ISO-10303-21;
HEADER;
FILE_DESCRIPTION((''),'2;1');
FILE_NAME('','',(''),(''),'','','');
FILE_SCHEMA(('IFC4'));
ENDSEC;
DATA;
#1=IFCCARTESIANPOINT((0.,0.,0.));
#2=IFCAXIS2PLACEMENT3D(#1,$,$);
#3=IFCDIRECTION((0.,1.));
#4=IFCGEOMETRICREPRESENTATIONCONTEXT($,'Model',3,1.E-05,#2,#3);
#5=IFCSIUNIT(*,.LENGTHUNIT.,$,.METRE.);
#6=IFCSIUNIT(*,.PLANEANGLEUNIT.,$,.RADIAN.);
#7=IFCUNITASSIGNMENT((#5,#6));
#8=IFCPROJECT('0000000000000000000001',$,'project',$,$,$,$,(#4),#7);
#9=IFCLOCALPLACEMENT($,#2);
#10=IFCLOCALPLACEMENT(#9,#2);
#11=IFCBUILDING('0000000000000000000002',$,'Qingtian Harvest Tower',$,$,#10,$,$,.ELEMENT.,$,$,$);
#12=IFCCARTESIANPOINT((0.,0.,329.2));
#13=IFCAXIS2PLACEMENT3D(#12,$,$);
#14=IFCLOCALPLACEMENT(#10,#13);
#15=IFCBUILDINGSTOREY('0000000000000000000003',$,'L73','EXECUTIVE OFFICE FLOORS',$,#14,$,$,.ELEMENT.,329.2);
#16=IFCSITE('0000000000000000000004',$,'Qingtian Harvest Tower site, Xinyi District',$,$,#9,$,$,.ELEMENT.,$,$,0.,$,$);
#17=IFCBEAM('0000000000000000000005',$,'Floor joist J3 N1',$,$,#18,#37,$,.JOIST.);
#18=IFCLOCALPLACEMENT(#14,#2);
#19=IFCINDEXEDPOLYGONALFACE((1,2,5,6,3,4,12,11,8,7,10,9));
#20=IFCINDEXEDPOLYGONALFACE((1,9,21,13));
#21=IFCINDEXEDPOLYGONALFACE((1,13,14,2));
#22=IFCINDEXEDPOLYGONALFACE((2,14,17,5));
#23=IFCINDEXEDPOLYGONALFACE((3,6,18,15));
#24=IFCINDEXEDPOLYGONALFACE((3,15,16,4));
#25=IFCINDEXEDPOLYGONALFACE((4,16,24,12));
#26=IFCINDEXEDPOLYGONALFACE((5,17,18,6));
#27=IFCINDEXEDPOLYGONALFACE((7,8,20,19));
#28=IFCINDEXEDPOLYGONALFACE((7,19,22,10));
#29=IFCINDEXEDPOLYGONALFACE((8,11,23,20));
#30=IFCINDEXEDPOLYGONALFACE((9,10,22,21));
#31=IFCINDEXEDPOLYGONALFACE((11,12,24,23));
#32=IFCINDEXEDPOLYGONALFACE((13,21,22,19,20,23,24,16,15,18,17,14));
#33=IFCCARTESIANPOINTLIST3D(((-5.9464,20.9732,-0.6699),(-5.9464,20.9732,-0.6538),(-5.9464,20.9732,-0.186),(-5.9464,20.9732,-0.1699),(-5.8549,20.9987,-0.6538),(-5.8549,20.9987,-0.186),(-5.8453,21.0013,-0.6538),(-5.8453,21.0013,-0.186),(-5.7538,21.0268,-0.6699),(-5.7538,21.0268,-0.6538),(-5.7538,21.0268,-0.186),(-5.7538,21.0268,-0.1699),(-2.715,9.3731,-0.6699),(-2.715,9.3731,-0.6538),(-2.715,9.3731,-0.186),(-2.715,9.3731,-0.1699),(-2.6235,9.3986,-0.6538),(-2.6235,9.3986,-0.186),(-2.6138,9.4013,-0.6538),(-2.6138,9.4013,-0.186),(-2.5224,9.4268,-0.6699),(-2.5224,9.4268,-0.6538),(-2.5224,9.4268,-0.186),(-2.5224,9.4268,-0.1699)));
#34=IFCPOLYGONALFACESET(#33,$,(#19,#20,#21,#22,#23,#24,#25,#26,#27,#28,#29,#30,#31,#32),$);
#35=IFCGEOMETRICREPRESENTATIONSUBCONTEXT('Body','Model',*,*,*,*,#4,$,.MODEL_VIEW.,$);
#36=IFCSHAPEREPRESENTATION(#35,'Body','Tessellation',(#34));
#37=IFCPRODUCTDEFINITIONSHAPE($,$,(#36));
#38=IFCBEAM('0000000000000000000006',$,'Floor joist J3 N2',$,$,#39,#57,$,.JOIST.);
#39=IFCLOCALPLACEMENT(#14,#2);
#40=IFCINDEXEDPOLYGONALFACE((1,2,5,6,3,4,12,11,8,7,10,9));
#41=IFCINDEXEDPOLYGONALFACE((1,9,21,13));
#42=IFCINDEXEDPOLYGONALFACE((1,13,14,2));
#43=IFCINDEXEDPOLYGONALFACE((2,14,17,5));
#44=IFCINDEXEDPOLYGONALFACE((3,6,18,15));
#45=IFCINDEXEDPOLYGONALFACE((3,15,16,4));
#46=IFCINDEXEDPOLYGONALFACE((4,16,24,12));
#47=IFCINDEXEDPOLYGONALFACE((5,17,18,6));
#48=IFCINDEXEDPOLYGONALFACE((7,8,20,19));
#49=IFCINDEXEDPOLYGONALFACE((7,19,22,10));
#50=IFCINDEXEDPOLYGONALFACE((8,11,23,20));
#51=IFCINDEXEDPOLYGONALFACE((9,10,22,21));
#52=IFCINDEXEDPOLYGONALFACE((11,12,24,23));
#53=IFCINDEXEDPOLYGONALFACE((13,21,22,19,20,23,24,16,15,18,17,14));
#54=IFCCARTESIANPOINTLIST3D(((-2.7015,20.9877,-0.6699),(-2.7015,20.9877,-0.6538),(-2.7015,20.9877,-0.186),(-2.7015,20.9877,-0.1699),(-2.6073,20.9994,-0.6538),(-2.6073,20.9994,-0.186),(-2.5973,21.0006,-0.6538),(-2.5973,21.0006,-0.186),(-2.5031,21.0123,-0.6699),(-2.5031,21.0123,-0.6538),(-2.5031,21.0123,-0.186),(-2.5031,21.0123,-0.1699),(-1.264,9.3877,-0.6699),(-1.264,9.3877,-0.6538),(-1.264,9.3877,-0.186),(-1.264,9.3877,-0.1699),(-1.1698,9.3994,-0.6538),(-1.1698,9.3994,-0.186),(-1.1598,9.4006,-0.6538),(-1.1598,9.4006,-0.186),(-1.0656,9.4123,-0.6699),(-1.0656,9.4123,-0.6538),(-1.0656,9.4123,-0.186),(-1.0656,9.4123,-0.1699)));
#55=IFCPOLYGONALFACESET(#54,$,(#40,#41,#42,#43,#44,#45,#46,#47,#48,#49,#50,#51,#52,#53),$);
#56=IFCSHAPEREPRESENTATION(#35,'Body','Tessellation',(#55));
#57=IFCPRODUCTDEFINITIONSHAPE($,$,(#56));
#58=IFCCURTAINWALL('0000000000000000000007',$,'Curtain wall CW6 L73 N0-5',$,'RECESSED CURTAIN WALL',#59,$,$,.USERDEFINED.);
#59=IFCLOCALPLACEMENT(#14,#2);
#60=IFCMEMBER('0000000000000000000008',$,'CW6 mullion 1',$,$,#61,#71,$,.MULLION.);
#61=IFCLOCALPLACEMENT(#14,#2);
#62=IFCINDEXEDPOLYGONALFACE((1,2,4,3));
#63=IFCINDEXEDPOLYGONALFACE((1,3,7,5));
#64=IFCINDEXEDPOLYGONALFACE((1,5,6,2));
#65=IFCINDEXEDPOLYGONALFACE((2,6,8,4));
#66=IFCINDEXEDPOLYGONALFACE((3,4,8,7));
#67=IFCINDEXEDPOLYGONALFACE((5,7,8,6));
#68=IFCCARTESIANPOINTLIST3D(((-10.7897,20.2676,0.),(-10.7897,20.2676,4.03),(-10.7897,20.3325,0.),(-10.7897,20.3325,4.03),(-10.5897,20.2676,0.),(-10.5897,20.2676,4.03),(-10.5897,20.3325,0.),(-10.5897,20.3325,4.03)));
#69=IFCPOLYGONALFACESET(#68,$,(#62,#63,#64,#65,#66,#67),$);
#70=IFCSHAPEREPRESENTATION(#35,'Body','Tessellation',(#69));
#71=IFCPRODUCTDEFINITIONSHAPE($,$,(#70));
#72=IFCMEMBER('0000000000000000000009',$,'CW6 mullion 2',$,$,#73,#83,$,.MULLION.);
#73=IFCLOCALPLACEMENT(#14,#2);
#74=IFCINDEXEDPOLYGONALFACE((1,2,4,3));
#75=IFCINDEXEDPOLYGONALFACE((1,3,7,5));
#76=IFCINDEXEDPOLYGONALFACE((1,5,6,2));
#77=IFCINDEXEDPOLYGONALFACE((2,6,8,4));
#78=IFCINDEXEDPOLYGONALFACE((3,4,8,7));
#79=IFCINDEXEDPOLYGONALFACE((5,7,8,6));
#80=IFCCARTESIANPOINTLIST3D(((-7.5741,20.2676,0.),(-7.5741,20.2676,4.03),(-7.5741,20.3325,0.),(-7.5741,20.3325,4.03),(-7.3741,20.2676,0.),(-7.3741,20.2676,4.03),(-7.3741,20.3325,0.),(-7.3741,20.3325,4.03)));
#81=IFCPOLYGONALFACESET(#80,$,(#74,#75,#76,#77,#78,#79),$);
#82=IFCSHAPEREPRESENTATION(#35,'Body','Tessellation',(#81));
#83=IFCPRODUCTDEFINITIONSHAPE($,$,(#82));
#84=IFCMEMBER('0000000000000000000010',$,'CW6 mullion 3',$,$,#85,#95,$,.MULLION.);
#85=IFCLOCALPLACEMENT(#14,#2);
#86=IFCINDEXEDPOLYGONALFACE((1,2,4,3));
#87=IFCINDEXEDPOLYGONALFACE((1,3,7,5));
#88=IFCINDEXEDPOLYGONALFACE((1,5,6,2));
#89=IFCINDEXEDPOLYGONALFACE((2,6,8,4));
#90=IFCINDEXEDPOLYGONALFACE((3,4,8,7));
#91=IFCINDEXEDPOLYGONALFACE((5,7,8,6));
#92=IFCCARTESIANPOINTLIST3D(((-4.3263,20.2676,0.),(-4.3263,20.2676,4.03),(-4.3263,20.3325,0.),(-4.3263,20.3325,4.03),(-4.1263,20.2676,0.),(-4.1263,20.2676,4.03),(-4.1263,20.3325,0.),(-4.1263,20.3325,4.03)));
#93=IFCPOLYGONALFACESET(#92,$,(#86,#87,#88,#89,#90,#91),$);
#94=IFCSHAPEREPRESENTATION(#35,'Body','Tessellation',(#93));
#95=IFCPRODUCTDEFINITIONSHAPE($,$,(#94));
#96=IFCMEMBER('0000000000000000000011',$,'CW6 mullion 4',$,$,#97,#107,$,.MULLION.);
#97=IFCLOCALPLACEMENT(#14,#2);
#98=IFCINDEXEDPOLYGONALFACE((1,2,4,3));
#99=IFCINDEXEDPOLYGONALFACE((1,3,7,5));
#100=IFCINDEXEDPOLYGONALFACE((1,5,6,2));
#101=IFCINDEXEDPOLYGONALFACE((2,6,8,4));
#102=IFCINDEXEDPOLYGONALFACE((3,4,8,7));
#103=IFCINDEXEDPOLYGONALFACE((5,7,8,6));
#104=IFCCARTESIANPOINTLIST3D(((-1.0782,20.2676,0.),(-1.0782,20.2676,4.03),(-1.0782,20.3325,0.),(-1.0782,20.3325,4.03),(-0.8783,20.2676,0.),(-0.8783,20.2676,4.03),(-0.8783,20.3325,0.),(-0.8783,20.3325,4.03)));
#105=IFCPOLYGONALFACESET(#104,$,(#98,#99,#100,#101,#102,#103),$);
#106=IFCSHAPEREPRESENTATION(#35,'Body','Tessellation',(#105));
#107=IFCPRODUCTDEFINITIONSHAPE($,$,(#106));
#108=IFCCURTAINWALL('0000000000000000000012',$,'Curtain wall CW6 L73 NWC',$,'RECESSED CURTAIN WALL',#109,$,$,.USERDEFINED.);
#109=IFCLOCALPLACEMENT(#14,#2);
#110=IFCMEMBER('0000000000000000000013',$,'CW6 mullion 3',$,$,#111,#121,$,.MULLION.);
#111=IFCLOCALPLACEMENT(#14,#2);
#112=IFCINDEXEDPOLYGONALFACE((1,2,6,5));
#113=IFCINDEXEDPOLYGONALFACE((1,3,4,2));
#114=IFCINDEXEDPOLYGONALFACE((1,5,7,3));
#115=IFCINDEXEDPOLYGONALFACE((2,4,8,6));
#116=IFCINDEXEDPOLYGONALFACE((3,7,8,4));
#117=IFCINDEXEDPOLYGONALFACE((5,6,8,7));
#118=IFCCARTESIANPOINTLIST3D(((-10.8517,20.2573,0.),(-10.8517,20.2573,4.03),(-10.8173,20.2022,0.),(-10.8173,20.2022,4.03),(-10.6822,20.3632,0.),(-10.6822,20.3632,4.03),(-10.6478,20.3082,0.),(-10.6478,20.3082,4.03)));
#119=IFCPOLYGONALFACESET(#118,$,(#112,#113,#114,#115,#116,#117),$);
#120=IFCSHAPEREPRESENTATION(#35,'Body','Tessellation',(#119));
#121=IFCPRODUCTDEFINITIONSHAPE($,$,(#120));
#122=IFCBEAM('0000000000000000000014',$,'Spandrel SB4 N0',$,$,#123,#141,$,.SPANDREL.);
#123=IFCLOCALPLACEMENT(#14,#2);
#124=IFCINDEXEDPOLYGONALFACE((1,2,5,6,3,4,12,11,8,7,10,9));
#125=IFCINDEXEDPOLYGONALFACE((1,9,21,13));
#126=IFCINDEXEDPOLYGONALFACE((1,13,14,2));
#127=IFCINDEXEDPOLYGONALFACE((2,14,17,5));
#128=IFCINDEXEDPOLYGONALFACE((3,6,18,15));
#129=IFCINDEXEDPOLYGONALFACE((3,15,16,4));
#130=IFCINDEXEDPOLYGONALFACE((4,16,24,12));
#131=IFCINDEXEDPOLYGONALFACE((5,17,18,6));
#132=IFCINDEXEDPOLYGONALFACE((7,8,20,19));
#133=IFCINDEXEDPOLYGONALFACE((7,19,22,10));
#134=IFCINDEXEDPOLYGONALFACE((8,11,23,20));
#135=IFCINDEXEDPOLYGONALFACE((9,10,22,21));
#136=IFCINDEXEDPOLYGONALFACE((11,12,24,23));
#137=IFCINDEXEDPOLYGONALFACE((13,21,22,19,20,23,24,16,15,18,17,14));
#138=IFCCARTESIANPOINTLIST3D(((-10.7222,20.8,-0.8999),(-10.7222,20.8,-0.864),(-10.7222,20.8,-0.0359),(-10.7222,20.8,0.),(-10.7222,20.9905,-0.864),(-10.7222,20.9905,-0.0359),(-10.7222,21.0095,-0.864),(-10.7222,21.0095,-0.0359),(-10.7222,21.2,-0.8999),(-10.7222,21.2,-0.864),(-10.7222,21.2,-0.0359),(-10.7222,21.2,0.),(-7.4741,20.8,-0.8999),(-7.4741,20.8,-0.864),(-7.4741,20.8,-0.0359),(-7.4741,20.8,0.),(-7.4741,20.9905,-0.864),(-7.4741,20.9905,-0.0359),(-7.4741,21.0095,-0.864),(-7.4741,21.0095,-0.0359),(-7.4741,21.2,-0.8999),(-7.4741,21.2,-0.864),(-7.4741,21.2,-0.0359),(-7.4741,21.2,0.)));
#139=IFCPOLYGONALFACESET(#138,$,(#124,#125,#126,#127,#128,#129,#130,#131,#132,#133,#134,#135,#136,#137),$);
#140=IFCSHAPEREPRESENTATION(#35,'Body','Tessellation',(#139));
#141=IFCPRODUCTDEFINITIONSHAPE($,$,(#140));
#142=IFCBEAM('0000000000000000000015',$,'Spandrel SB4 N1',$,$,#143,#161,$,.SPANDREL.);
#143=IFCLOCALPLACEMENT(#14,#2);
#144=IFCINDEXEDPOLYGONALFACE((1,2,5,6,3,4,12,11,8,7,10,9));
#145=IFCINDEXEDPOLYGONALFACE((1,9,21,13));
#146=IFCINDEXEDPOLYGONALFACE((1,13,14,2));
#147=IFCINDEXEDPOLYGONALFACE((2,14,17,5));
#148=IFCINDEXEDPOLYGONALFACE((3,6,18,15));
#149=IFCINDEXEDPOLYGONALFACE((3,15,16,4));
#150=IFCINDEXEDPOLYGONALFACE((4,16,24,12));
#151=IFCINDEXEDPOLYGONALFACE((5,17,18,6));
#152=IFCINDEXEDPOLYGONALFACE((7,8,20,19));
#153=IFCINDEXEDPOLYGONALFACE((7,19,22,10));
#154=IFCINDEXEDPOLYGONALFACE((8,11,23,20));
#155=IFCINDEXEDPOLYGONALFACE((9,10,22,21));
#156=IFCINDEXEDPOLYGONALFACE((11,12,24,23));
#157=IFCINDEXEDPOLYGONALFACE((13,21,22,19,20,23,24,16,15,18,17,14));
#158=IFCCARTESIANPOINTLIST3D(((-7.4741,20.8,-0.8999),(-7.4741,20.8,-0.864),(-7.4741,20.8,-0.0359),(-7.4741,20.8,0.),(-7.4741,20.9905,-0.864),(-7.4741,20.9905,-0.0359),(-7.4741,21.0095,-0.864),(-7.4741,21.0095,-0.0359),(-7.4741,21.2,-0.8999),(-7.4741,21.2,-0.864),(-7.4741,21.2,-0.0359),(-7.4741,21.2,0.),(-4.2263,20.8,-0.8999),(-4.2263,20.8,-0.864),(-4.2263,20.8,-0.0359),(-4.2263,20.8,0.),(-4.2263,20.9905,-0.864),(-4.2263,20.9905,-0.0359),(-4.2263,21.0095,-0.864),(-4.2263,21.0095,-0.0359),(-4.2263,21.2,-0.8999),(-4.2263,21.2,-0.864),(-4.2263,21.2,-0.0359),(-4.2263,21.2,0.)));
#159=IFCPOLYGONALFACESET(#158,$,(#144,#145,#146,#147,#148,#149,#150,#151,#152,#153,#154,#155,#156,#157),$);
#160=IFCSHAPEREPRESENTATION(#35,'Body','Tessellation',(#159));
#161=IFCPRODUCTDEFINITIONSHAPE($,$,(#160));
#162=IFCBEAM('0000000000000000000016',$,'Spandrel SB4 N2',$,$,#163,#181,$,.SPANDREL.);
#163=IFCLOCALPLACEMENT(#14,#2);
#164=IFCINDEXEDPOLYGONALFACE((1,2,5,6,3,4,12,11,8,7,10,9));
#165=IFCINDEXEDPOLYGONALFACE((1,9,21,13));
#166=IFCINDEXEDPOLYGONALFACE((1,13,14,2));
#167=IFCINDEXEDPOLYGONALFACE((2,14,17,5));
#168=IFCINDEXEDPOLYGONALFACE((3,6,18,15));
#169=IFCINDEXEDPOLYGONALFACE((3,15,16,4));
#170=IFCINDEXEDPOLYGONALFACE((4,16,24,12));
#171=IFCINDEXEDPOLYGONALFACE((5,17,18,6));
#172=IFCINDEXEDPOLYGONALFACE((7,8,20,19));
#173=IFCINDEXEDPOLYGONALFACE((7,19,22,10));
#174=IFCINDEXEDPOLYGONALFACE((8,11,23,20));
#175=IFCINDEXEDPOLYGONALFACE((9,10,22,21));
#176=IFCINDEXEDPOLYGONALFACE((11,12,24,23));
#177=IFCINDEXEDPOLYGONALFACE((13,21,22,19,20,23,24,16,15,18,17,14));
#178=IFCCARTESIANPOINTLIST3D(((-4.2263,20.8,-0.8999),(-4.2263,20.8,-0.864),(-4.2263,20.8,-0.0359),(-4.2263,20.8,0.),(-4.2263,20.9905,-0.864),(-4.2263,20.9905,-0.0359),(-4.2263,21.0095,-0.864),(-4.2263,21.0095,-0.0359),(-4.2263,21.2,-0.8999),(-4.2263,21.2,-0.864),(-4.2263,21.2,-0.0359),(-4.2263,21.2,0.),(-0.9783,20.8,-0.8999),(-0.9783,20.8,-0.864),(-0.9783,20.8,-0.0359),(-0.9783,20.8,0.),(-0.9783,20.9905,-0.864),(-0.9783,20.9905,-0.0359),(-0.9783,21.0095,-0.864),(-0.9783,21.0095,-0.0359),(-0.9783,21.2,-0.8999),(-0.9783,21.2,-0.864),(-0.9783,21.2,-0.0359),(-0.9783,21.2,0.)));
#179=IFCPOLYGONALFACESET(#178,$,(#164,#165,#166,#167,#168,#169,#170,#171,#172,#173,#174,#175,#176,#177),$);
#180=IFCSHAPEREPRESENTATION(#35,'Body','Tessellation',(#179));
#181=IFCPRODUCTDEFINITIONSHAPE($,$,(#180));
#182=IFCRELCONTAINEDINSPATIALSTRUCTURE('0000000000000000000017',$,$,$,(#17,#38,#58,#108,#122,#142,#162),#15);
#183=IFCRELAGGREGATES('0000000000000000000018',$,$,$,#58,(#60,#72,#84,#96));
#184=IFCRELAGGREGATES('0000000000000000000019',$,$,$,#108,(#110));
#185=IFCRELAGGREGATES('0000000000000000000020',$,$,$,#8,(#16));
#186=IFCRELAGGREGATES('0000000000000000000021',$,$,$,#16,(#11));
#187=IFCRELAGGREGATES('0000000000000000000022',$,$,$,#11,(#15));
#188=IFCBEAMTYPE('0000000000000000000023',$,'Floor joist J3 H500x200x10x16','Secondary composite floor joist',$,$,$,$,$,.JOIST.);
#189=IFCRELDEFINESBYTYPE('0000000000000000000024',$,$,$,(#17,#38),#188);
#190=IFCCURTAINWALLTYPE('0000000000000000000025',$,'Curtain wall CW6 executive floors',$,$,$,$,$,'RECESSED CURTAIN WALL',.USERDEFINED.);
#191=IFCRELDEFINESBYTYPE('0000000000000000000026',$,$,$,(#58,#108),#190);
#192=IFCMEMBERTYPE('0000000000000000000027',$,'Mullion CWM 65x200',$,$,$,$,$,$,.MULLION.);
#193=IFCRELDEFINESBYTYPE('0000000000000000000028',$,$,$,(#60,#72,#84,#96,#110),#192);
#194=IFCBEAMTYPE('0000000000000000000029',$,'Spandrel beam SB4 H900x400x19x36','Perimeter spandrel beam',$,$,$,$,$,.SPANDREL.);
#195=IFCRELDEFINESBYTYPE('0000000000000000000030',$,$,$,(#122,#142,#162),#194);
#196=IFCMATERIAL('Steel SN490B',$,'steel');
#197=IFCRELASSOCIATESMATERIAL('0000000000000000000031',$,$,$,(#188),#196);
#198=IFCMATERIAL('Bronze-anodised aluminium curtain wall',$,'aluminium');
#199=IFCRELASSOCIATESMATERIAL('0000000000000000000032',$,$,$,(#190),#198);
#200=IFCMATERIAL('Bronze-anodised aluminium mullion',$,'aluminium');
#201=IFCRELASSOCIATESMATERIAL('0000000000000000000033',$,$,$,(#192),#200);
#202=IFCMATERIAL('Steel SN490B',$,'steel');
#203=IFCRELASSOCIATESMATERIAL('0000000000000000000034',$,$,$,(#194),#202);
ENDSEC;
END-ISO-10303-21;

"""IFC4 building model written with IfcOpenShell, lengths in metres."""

from ifc_helpers import new_model, si_unit, direction, frame, origin, origin_2d, place, context, subcontext, project, spatial, rectangle, i_section, extrude, material, material_profile, profile_set, type_object, element, aggregate, save


model = new_model("IFC4")

# Units and contexts
model_context = context("Model", 3, precision=1e-05, world=origin(), true_north=direction((0.0, 1.0)))
body_context = subcontext(model_context, "Body", "Model", "MODEL_VIEW")
ifc_project = project(units=[si_unit("LENGTHUNIT", "METRE"), si_unit("PLANEANGLEUNIT", "RADIAN")], contexts=[model_context])

# Site, building, storey
site_placement = place(None, origin())
site = spatial("IfcSite", under=ifc_project, at=site_placement, Name="Qingtian Harvest Tower site, Xinyi District", CompositionType="ELEMENT", RefElevation=0.0)
building_placement = place(site_placement, origin())
building = spatial("IfcBuilding", under=site, at=building_placement, Name="Qingtian Harvest Tower", CompositionType="ELEMENT")
storey_placement = place(building_placement, frame((0.0, 0.0, 329.2)))
storey = spatial("IfcBuildingStorey", under=building, at=storey_placement, Name="L73", Description="EXECUTIVE OFFICE FLOORS", CompositionType="ELEMENT", Elevation=329.2)

# Beams
ifc_material_1 = material(Name="Steel SN490B", Category="steel")
ifc_material_profile_1 = material_profile(ifc_material_1, i_section(OverallWidth=0.2, OverallDepth=0.5, WebThickness=0.01, FlangeThickness=0.0161, at=origin_2d()), Name="H500x200x10x16")
ifc_profile_set_1 = profile_set([ifc_material_profile_1], Name="Steel SN490B")
beam_type_1 = type_object("IfcBeamType", Name="Floor joist J3 H500x200x10x16", Description="Secondary composite floor joist", PredefinedType="JOIST", material=ifc_profile_set_1)
beam_1_placement = place(storey_placement, frame((-5.8501, 21.0, -0.4199), z_axis=(0.268353, -0.963321, 0.0), x_axis=(0.963321, 0.268353, 0.0)))
element("IfcBeam", 1, at=beam_1_placement, inside=storey, type_object=beam_type_1, Name="Floor joist J3 N1", PredefinedType="JOIST", context=body_context, shape_type="SweptSolid", body=[
    extrude(i_section(OverallWidth=0.2, OverallDepth=0.5, WebThickness=0.01, FlangeThickness=0.0161, at=origin_2d()), origin(), (0.0, 0.0, 1.0), 12.0417),
])
beam_2_placement = place(storey_placement, frame((-2.6023, 21.0, -0.4199), z_axis=(0.122981, -0.992409, 0.0), x_axis=(0.992409, 0.122981, 0.0)))
element("IfcBeam", 2, at=beam_2_placement, inside=storey, type_object=beam_type_1, Name="Floor joist J3 N2", PredefinedType="JOIST", context=body_context, shape_type="SweptSolid", body=[
    extrude(i_section(OverallWidth=0.2, OverallDepth=0.5, WebThickness=0.01, FlangeThickness=0.0161, at=origin_2d()), origin(), (0.0, 0.0, 1.0), 11.6887),
])

# Curtain wall, members
ifc_material_2 = material(Name="Bronze-anodised aluminium curtain wall", Category="aluminium")
curtain_wall_type = type_object("IfcCurtainWallType", Name="Curtain wall CW6 executive floors", ElementType="RECESSED CURTAIN WALL", PredefinedType="USERDEFINED", material=ifc_material_2)
curtain_wall_1_placement = place(storey_placement, origin())
curtain_wall_1 = element("IfcCurtainWall", 3, at=curtain_wall_1_placement, inside=storey, type_object=curtain_wall_type, Name="Curtain wall CW6 L73 N0-5", ObjectType="RECESSED CURTAIN WALL", PredefinedType="USERDEFINED")
ifc_material_3 = material(Name="Bronze-anodised aluminium mullion", Category="aluminium")
ifc_material_profile_2 = material_profile(ifc_material_3, rectangle(XDim=0.0649, YDim=0.2, at=origin_2d()), Name="AL 65x200")
ifc_profile_set_2 = profile_set([ifc_material_profile_2], Name="Bronze-anodised aluminium mullion")
member_type_1 = type_object("IfcMemberType", Name="Mullion CWM 65x200", PredefinedType="MULLION", material=ifc_profile_set_2)
member_1_placement = place(storey_placement, frame((-10.6897, 20.3, 0.0), z_axis=(0.0, 0.0, 1.0), x_axis=(0.0, 1.0, 0.0)))
member_1 = element("IfcMember", 4, at=member_1_placement, type_object=member_type_1, Name="CW6 mullion 1", PredefinedType="MULLION", context=body_context, shape_type="SweptSolid", body=[
    extrude(rectangle(XDim=0.0649, YDim=0.2, at=origin_2d()), origin(), (0.0, 0.0, 1.0), 4.03),
])
member_2_placement = place(storey_placement, frame((-7.4741, 20.3, 0.0), z_axis=(0.0, 0.0, 1.0), x_axis=(0.0, 1.0, 0.0)))
member_2 = element("IfcMember", 5, at=member_2_placement, type_object=member_type_1, Name="CW6 mullion 2", PredefinedType="MULLION", context=body_context, shape_type="SweptSolid", body=[
    extrude(rectangle(XDim=0.0649, YDim=0.2, at=origin_2d()), origin(), (0.0, 0.0, 1.0), 4.03),
])
member_3_placement = place(storey_placement, frame((-4.2263, 20.3, 0.0), z_axis=(0.0, 0.0, 1.0), x_axis=(0.0, 1.0, 0.0)))
member_3 = element("IfcMember", 6, at=member_3_placement, type_object=member_type_1, Name="CW6 mullion 3", PredefinedType="MULLION", context=body_context, shape_type="SweptSolid", body=[
    extrude(rectangle(XDim=0.0649, YDim=0.2, at=origin_2d()), origin(), (0.0, 0.0, 1.0), 4.03),
])
member_4_placement = place(storey_placement, frame((-0.9783, 20.3, 0.0), z_axis=(0.0, 0.0, 1.0), x_axis=(0.0, 1.0, 0.0)))
member_4 = element("IfcMember", 7, at=member_4_placement, type_object=member_type_1, Name="CW6 mullion 4", PredefinedType="MULLION", context=body_context, shape_type="SweptSolid", body=[
    extrude(rectangle(XDim=0.0649, YDim=0.2, at=origin_2d()), origin(), (0.0, 0.0, 1.0), 4.03),
])

# Curtain wall, member
curtain_wall_2_placement = place(storey_placement, origin())
curtain_wall_2 = element("IfcCurtainWall", 8, at=curtain_wall_2_placement, inside=storey, type_object=curtain_wall_type, Name="Curtain wall CW6 L73 NWC", ObjectType="RECESSED CURTAIN WALL", PredefinedType="USERDEFINED")
member_5_placement = place(storey_placement, frame((-10.7498, 20.2827, 0.0), z_axis=(0.0, 0.0, 1.0), x_axis=(-0.529919, 0.848048, 0.0)))
member_5 = element("IfcMember", 9, at=member_5_placement, type_object=member_type_1, Name="CW6 mullion 3", PredefinedType="MULLION", context=body_context, shape_type="SweptSolid", body=[
    extrude(rectangle(XDim=0.0649, YDim=0.2, at=origin_2d()), origin(), (0.0, 0.0, 1.0), 4.03),
])

# Beams
ifc_material_4 = material(Name="Steel SN490B", Category="steel")
ifc_material_profile_3 = material_profile(ifc_material_4, i_section(OverallWidth=0.3999, OverallDepth=0.8999, WebThickness=0.019, FlangeThickness=0.0359, at=origin_2d()), Name="H900x400x19x36")
ifc_profile_set_3 = profile_set([ifc_material_profile_3], Name="Steel SN490B")
beam_type_2 = type_object("IfcBeamType", Name="Spandrel beam SB4 H900x400x19x36", Description="Perimeter spandrel beam", PredefinedType="SPANDREL", material=ifc_profile_set_3)
beam_3_placement = place(storey_placement, frame((-10.7222, 21.0, -0.45), z_axis=(1.0, 0.0, 0.0), x_axis=(0.0, 1.0, 0.0)))
element("IfcBeam", 10, at=beam_3_placement, inside=storey, type_object=beam_type_2, Name="Spandrel SB4 N0", PredefinedType="SPANDREL", context=body_context, shape_type="SweptSolid", body=[
    extrude(i_section(OverallWidth=0.3999, OverallDepth=0.8999, WebThickness=0.019, FlangeThickness=0.0359, at=origin_2d()), origin(), (0.0, 0.0, 1.0), 3.248),
])
beam_4_placement = place(storey_placement, frame((-7.4741, 21.0, -0.45), z_axis=(1.0, 0.0, 0.0), x_axis=(0.0, 1.0, 0.0)))
element("IfcBeam", 11, at=beam_4_placement, inside=storey, type_object=beam_type_2, Name="Spandrel SB4 N1", PredefinedType="SPANDREL", context=body_context, shape_type="SweptSolid", body=[
    extrude(i_section(OverallWidth=0.3999, OverallDepth=0.8999, WebThickness=0.019, FlangeThickness=0.0359, at=origin_2d()), origin(), (0.0, 0.0, 1.0), 3.2478),
])
for number, where, z_axis, x_axis, name in (
    (12, (-4.2263, 21.0, -0.45), (1.0, 0.0, 0.0), (0.0, 1.0, 0.0), "Spandrel SB4 N2"),
):
    element("IfcBeam", number, at=place(storey_placement, frame(where, z_axis=z_axis, x_axis=x_axis)), inside=storey, type_object=beam_type_2, Name=name, PredefinedType="SPANDREL", context=body_context, shape_type="SweptSolid", body=[
        extrude(i_section(OverallWidth=0.3999, OverallDepth=0.8999, WebThickness=0.019, FlangeThickness=0.0359, at=origin_2d()), origin(), (0.0, 0.0, 1.0), 3.248),
    ])

aggregate(curtain_wall_1, [member_1, member_2, member_3, member_4])
aggregate(curtain_wall_2, [member_5])

save(model, "model.ifc")
